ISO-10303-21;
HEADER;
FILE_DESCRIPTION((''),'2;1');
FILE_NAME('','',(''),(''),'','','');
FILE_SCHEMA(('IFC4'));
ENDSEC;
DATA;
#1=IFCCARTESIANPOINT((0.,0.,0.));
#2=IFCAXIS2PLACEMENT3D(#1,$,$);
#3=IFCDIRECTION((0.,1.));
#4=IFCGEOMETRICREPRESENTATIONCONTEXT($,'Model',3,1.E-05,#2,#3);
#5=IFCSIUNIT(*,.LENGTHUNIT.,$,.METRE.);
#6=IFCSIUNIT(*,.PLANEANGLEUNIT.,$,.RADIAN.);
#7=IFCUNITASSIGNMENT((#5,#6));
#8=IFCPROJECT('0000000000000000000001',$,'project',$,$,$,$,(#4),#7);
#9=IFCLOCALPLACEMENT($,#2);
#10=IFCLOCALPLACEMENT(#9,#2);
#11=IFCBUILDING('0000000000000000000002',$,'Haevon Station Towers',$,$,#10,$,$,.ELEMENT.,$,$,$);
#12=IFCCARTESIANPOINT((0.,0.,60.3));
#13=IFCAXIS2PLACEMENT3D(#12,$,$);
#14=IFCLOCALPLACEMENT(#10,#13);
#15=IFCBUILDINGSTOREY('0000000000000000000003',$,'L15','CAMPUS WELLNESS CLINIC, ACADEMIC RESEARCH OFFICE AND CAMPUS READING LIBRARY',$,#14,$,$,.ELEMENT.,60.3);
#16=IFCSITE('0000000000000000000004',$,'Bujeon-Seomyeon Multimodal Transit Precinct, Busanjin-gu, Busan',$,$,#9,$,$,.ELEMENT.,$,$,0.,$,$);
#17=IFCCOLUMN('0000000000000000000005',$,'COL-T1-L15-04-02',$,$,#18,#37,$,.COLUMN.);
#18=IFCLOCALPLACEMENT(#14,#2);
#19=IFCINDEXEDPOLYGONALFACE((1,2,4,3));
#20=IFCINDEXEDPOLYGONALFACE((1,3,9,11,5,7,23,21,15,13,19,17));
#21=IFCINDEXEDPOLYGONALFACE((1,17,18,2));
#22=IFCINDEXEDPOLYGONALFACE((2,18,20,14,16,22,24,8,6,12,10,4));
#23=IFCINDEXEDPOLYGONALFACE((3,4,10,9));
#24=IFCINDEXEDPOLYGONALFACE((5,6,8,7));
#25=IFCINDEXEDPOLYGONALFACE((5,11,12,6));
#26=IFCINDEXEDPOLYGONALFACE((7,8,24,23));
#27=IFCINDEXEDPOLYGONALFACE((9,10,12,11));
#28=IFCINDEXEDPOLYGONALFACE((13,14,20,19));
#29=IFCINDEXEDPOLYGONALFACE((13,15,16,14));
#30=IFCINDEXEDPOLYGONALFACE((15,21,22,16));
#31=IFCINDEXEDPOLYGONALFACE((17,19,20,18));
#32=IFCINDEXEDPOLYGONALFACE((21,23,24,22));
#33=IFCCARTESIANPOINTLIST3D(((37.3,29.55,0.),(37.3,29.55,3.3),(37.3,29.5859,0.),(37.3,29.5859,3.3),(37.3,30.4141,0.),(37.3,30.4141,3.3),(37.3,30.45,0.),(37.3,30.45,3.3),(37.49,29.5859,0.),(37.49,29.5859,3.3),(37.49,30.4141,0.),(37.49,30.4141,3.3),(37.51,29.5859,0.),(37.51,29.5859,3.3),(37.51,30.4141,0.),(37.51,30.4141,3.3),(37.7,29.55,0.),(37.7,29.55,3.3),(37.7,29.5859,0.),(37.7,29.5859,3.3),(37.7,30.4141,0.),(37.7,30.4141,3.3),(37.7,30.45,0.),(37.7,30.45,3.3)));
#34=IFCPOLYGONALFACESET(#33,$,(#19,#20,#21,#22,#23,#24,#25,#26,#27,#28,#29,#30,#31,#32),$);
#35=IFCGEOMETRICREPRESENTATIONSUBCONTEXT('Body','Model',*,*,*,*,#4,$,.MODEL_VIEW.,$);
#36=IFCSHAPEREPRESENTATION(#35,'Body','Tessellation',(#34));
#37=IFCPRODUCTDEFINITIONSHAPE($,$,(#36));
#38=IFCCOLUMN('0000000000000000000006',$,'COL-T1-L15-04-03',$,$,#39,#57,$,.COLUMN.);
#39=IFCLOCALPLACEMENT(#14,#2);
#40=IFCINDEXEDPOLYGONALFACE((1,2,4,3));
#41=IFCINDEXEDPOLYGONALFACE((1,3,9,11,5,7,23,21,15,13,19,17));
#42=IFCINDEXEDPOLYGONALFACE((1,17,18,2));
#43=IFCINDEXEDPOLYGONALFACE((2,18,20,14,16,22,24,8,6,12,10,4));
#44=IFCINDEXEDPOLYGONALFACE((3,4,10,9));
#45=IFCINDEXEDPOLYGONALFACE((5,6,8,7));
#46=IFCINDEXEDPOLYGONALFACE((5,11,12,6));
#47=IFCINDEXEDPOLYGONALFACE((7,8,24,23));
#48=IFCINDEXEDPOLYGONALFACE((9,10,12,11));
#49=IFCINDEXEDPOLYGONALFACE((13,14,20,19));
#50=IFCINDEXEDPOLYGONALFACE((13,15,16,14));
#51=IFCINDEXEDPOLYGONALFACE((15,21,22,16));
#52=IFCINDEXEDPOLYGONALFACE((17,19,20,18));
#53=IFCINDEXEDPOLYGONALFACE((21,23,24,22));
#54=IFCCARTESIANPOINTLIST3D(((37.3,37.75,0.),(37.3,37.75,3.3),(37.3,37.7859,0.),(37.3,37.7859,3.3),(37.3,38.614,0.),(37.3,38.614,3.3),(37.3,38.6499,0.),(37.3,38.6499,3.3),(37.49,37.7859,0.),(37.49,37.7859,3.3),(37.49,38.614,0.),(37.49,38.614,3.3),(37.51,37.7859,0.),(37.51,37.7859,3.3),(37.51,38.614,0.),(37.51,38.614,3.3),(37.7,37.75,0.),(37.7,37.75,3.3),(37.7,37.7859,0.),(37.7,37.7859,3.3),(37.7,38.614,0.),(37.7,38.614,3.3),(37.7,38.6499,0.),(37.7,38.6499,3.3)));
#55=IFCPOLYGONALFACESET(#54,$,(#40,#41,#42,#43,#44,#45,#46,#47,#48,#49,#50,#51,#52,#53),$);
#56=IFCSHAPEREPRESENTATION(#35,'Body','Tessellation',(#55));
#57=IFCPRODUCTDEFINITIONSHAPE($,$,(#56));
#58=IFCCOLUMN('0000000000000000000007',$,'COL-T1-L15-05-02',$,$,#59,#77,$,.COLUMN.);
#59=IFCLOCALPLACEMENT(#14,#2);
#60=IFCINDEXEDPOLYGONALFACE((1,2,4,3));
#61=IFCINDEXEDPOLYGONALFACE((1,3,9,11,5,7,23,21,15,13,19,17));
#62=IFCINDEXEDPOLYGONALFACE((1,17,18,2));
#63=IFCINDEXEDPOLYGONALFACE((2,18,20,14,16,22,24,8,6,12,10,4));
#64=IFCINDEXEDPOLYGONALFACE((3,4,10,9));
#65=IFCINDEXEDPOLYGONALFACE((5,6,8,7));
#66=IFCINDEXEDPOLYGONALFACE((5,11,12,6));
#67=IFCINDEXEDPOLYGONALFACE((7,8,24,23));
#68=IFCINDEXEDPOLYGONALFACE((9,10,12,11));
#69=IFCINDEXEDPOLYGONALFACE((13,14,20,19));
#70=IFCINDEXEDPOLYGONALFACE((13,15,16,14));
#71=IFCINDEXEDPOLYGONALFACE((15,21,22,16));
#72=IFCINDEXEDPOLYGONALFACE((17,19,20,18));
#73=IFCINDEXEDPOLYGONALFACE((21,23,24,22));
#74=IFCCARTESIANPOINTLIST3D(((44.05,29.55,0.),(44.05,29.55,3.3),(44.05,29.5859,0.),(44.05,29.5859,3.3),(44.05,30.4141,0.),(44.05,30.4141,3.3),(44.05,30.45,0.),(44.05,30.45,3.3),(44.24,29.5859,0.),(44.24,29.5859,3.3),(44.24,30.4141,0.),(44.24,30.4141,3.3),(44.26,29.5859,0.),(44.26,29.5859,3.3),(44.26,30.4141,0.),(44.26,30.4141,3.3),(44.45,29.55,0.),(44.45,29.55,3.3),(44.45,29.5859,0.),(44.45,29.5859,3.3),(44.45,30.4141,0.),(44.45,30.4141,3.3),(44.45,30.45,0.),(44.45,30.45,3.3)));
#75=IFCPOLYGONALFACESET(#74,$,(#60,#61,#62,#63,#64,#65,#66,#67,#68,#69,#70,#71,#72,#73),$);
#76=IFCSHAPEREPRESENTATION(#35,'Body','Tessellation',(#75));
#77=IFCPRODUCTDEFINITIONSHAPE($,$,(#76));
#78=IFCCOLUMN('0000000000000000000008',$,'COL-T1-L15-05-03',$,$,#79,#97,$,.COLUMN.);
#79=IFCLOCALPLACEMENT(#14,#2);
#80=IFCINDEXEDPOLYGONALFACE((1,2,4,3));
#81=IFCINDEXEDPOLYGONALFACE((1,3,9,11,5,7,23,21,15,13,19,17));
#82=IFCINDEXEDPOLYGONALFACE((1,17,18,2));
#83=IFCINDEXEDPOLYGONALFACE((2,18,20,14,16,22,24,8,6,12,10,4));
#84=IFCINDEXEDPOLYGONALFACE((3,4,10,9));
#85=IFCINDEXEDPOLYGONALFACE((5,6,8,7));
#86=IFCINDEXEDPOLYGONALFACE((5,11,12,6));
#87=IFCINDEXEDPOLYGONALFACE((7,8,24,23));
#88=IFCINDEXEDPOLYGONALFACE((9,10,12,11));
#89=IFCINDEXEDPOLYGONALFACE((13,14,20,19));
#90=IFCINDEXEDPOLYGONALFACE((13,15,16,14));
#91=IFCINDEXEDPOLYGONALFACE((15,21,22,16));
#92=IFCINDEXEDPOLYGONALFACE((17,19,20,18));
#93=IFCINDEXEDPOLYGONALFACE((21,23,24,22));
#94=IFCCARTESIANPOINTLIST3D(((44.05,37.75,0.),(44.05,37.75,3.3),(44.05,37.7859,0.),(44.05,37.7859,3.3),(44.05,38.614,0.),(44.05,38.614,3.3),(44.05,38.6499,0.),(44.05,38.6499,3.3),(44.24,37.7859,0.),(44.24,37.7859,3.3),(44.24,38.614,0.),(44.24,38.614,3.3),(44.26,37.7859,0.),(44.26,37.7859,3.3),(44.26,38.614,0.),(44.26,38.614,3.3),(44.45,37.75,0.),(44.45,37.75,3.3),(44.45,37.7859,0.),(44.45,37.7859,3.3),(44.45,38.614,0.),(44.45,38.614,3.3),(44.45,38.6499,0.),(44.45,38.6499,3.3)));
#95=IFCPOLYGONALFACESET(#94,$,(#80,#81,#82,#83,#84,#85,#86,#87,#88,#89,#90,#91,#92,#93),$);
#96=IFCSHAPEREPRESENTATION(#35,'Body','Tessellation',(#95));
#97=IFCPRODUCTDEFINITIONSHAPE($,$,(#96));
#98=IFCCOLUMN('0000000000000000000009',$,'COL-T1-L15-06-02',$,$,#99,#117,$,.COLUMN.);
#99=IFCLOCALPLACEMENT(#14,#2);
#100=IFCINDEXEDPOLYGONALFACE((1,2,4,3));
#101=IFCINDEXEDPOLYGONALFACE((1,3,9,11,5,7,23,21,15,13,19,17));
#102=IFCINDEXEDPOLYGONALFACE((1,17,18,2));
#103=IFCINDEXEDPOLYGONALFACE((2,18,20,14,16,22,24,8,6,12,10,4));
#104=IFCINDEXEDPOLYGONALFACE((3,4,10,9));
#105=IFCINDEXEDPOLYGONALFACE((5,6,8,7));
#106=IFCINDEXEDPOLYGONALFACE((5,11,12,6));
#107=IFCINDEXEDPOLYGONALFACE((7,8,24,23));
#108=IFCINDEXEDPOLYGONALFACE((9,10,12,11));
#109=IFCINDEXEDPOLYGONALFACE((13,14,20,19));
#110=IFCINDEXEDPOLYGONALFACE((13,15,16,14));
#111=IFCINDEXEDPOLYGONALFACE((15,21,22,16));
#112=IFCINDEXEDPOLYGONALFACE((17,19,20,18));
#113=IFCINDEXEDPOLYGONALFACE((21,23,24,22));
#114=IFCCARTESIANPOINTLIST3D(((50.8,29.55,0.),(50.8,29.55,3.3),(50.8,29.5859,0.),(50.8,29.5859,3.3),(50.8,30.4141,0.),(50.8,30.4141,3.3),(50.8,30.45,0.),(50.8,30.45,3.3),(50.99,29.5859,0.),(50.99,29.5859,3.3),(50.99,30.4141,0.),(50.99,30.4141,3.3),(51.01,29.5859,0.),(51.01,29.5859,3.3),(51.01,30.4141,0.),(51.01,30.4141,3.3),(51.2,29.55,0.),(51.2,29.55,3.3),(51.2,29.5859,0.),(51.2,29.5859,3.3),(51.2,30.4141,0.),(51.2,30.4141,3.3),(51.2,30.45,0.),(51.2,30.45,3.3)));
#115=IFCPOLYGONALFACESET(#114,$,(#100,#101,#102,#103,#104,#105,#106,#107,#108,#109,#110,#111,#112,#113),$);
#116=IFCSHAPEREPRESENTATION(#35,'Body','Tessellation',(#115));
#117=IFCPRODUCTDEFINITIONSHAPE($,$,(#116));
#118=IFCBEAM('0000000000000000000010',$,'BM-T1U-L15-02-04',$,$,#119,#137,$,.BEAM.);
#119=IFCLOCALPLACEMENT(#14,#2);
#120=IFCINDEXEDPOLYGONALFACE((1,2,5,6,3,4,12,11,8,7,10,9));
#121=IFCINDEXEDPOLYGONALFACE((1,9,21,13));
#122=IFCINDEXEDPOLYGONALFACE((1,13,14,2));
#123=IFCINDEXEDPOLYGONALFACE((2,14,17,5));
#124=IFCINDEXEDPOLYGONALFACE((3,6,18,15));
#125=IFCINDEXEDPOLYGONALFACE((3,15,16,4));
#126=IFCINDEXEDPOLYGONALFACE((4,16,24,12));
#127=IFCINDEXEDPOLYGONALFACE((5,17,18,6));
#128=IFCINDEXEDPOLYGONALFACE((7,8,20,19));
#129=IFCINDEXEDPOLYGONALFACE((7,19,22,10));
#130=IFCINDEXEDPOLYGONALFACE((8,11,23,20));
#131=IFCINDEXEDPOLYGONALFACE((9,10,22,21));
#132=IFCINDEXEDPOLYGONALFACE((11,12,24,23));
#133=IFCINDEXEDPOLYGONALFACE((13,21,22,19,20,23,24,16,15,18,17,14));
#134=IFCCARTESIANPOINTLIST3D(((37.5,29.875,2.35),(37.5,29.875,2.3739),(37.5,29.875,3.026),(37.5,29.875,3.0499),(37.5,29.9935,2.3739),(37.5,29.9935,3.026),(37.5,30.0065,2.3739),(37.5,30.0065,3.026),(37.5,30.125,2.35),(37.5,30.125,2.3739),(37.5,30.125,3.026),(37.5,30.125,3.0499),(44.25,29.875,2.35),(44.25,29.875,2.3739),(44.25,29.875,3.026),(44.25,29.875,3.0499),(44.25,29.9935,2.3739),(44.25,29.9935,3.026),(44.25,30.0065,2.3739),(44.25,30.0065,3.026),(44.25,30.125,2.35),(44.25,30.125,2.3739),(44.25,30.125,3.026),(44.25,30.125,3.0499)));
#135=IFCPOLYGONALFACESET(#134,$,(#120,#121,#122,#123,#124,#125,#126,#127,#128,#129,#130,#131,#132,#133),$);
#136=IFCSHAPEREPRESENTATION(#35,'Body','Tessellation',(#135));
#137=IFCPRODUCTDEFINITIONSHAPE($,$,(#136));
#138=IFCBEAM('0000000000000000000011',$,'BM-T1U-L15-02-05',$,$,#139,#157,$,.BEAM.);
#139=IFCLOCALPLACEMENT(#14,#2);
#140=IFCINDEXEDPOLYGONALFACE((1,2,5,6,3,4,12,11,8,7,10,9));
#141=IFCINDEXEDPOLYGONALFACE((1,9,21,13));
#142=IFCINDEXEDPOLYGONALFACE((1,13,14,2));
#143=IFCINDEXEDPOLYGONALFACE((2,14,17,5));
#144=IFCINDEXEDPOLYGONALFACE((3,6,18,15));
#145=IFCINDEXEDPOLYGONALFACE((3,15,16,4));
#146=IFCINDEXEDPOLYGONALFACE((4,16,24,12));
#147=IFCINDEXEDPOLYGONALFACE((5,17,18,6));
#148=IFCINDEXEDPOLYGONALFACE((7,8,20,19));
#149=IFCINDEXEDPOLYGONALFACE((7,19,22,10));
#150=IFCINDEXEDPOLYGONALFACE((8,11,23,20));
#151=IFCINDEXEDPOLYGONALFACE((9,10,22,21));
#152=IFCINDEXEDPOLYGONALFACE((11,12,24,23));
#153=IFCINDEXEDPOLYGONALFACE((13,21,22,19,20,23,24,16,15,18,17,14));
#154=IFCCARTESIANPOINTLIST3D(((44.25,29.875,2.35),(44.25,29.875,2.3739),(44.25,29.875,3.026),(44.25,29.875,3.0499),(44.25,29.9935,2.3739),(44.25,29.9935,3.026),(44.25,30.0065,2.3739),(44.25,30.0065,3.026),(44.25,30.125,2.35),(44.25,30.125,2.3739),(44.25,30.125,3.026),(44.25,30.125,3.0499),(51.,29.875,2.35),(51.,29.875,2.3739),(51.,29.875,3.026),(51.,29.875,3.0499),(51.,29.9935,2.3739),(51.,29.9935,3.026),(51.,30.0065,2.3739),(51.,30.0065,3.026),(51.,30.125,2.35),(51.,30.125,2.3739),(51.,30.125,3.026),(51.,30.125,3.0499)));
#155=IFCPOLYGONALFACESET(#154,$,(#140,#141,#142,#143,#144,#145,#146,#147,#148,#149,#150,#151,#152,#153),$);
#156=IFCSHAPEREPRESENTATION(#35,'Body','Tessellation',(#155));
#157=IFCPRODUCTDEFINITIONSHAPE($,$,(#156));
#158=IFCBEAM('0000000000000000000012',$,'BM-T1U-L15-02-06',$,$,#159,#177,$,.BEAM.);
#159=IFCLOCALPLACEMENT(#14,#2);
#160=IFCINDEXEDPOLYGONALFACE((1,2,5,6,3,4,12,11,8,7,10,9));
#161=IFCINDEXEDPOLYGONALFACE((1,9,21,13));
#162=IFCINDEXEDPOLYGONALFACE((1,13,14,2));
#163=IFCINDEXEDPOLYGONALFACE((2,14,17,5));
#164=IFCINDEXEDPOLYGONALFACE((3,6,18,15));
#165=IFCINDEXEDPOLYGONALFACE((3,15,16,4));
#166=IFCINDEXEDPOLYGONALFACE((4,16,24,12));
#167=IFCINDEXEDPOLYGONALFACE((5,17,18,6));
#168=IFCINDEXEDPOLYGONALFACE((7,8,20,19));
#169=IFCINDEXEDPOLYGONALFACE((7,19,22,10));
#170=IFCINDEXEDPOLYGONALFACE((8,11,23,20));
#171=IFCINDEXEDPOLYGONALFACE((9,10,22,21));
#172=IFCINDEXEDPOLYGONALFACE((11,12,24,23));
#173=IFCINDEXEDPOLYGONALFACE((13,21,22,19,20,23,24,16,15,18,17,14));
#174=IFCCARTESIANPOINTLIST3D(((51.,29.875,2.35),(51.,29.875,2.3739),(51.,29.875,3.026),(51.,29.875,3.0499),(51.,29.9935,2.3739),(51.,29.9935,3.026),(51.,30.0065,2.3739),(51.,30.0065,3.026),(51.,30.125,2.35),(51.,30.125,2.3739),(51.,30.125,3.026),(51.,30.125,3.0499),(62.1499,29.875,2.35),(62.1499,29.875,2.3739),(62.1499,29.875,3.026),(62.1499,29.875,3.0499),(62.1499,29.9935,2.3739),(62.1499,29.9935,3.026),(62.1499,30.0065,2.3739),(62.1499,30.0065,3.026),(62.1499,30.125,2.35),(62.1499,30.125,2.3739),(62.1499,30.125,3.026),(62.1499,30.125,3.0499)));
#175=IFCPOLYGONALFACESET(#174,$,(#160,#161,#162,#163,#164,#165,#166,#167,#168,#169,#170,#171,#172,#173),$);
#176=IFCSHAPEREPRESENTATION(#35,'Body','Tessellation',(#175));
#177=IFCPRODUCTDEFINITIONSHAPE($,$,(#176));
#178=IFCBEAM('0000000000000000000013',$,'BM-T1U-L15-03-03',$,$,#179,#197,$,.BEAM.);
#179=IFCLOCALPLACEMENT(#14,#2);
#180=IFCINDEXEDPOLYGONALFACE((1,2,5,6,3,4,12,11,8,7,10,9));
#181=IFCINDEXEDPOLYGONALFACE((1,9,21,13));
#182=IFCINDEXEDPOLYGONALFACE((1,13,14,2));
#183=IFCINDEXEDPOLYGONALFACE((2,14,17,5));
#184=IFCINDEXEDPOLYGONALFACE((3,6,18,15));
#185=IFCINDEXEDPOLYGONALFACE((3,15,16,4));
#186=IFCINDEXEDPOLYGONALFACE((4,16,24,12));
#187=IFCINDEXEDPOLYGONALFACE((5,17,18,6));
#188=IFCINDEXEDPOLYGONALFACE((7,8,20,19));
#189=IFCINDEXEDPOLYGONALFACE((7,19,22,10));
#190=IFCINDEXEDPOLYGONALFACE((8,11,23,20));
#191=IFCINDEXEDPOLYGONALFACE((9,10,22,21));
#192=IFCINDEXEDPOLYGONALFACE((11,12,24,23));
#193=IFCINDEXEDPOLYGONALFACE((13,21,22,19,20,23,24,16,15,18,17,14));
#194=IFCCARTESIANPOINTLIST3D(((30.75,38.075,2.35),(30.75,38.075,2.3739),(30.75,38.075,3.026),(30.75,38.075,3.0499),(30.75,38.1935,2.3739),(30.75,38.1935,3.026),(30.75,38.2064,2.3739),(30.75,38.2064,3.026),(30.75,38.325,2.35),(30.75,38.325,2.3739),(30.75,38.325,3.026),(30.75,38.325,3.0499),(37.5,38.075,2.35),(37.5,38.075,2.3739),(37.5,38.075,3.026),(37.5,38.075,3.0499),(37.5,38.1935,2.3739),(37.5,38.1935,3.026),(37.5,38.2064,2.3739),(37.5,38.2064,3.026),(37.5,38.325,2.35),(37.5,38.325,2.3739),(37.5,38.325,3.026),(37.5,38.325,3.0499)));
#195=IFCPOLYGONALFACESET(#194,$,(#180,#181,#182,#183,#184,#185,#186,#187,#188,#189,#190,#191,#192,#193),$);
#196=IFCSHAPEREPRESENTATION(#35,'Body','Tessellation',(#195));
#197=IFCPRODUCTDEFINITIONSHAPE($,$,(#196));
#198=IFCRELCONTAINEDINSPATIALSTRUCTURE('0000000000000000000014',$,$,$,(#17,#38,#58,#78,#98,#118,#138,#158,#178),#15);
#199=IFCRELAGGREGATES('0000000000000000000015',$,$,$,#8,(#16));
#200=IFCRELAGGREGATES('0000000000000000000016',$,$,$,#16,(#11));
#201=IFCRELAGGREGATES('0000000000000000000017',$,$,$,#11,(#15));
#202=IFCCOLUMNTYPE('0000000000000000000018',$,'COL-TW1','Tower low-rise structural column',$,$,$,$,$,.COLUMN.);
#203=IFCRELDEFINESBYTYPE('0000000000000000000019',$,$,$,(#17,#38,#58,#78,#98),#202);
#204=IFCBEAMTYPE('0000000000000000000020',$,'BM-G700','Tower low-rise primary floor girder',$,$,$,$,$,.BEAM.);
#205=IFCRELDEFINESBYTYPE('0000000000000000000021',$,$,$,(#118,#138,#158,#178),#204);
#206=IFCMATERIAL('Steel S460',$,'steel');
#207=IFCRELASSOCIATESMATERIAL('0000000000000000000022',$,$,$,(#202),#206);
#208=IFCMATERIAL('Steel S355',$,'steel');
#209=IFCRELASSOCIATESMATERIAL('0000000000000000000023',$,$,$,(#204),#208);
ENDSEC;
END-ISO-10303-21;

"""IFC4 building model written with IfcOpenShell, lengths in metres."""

from ifc_helpers import new_model, si_unit, direction, frame, origin, origin_2d, place, context, subcontext, project, spatial, i_section, extrude, material, material_profile, profile_set, type_object, element, save


model = new_model("IFC4")

# Units and contexts
model_context = context("Model", 3, precision=1e-05, world=origin(), true_north=direction((0.0, 1.0)))
body_context = subcontext(model_context, "Body", "Model", "MODEL_VIEW")
ifc_project = project(units=[si_unit("LENGTHUNIT", "METRE"), si_unit("PLANEANGLEUNIT", "RADIAN")], contexts=[model_context])

# Site, building, storey
site_placement = place(None, origin())
site = spatial("IfcSite", under=ifc_project, at=site_placement, Name="Bujeon-Seomyeon Multimodal Transit Precinct, Busanjin-gu, Busan", CompositionType="ELEMENT", RefElevation=0.0)
building_placement = place(site_placement, origin())
building = spatial("IfcBuilding", under=site, at=building_placement, Name="Haevon Station Towers", CompositionType="ELEMENT")
storey_placement = place(building_placement, frame((0.0, 0.0, 60.3)))
storey = spatial("IfcBuildingStorey", under=building, at=storey_placement, Name="L15", Description="CAMPUS WELLNESS CLINIC, ACADEMIC RESEARCH OFFICE AND CAMPUS READING LIBRARY", CompositionType="ELEMENT", Elevation=60.3)

# Columns
ifc_material_1 = material(Name="Steel S460", Category="steel")
ifc_material_profile_1 = material_profile(ifc_material_1, i_section(OverallWidth=0.3999, OverallDepth=0.8999, WebThickness=0.02, FlangeThickness=0.0359, at=origin_2d()), Name="H-900x400x20x36")
ifc_profile_set_1 = profile_set([ifc_material_profile_1], Name="Steel S460")
column_type = type_object("IfcColumnType", Name="COL-TW1", Description="Tower low-rise structural column", PredefinedType="COLUMN", material=ifc_profile_set_1)
for number, where, z_axis, x_axis, name in (
    (1, (37.5, 30.0, 0.0), (0.0, 0.0, 1.0), (1.0, 0.0, 0.0), "COL-T1-L15-04-02"),
    (2, (37.5, 38.2, 0.0), (0.0, 0.0, 1.0), (1.0, 0.0, 0.0), "COL-T1-L15-04-03"),
    (3, (44.25, 30.0, 0.0), (0.0, 0.0, 1.0), (1.0, 0.0, 0.0), "COL-T1-L15-05-02"),
    (4, (44.25, 38.2, 0.0), (0.0, 0.0, 1.0), (1.0, 0.0, 0.0), "COL-T1-L15-05-03"),
    (5, (51.0, 30.0, 0.0), (0.0, 0.0, 1.0), (1.0, 0.0, 0.0), "COL-T1-L15-06-02"),
):
    element("IfcColumn", number, at=place(storey_placement, frame(where, z_axis=z_axis, x_axis=x_axis)), inside=storey, type_object=column_type, Name=name, PredefinedType="COLUMN", context=body_context, shape_type="SweptSolid", body=[
        extrude(i_section(OverallWidth=0.3999, OverallDepth=0.8999, WebThickness=0.02, FlangeThickness=0.0359, at=origin_2d()), origin(), (0.0, 0.0, 1.0), 3.3),
    ])

# Beams
ifc_material_2 = material(Name="Steel S355", Category="steel")
ifc_material_profile_2 = material_profile(ifc_material_2, i_section(OverallWidth=0.25, OverallDepth=0.7, WebThickness=0.0129, FlangeThickness=0.0239, at=origin_2d()), Name="H-700x250x13x24")
ifc_profile_set_2 = profile_set([ifc_material_profile_2], Name="Steel S355")
beam_type_1 = type_object("IfcBeamType", Name="BM-G700", Description="Tower low-rise primary floor girder", PredefinedType="BEAM", material=ifc_profile_set_2)
for number, where, z_axis, x_axis, name in (
    (6, (37.5, 30.0, 2.7), (1.0, 0.0, 0.0), (0.0, 1.0, 0.0), "BM-T1U-L15-02-04"),
    (7, (44.25, 30.0, 2.7), (1.0, 0.0, 0.0), (0.0, 1.0, 0.0), "BM-T1U-L15-02-05"),
):
    element("IfcBeam", number, at=place(storey_placement, frame(where, z_axis=z_axis, x_axis=x_axis)), inside=storey, type_object=beam_type_1, Name=name, PredefinedType="BEAM", context=body_context, shape_type="SweptSolid", body=[
        extrude(i_section(OverallWidth=0.25, OverallDepth=0.7, WebThickness=0.0129, FlangeThickness=0.0239, at=origin_2d()), origin(), (0.0, 0.0, 1.0), 6.75),
    ])
beam_1_placement = place(storey_placement, frame((51.0, 30.0, 2.7), z_axis=(1.0, 0.0, 0.0), x_axis=(0.0, 1.0, 0.0)))
element("IfcBeam", 8, at=beam_1_placement, inside=storey, type_object=beam_type_1, Name="BM-T1U-L15-02-06", PredefinedType="BEAM", context=body_context, shape_type="SweptSolid", body=[
    extrude(i_section(OverallWidth=0.25, OverallDepth=0.7, WebThickness=0.0129, FlangeThickness=0.0239, at=origin_2d()), origin(), (0.0, 0.0, 1.0), 11.1499),
])
for number, where, z_axis, x_axis, name in (
    (9, (30.75, 38.2, 2.7), (1.0, 0.0, 0.0), (0.0, 1.0, 0.0), "BM-T1U-L15-03-03"),
):
    element("IfcBeam", number, at=place(storey_placement, frame(where, z_axis=z_axis, x_axis=x_axis)), inside=storey, type_object=beam_type_1, Name=name, PredefinedType="BEAM", context=body_context, shape_type="SweptSolid", body=[
        extrude(i_section(OverallWidth=0.25, OverallDepth=0.7, WebThickness=0.0129, FlangeThickness=0.0239, at=origin_2d()), origin(), (0.0, 0.0, 1.0), 6.75),
    ])

save(model, "model.ifc")
